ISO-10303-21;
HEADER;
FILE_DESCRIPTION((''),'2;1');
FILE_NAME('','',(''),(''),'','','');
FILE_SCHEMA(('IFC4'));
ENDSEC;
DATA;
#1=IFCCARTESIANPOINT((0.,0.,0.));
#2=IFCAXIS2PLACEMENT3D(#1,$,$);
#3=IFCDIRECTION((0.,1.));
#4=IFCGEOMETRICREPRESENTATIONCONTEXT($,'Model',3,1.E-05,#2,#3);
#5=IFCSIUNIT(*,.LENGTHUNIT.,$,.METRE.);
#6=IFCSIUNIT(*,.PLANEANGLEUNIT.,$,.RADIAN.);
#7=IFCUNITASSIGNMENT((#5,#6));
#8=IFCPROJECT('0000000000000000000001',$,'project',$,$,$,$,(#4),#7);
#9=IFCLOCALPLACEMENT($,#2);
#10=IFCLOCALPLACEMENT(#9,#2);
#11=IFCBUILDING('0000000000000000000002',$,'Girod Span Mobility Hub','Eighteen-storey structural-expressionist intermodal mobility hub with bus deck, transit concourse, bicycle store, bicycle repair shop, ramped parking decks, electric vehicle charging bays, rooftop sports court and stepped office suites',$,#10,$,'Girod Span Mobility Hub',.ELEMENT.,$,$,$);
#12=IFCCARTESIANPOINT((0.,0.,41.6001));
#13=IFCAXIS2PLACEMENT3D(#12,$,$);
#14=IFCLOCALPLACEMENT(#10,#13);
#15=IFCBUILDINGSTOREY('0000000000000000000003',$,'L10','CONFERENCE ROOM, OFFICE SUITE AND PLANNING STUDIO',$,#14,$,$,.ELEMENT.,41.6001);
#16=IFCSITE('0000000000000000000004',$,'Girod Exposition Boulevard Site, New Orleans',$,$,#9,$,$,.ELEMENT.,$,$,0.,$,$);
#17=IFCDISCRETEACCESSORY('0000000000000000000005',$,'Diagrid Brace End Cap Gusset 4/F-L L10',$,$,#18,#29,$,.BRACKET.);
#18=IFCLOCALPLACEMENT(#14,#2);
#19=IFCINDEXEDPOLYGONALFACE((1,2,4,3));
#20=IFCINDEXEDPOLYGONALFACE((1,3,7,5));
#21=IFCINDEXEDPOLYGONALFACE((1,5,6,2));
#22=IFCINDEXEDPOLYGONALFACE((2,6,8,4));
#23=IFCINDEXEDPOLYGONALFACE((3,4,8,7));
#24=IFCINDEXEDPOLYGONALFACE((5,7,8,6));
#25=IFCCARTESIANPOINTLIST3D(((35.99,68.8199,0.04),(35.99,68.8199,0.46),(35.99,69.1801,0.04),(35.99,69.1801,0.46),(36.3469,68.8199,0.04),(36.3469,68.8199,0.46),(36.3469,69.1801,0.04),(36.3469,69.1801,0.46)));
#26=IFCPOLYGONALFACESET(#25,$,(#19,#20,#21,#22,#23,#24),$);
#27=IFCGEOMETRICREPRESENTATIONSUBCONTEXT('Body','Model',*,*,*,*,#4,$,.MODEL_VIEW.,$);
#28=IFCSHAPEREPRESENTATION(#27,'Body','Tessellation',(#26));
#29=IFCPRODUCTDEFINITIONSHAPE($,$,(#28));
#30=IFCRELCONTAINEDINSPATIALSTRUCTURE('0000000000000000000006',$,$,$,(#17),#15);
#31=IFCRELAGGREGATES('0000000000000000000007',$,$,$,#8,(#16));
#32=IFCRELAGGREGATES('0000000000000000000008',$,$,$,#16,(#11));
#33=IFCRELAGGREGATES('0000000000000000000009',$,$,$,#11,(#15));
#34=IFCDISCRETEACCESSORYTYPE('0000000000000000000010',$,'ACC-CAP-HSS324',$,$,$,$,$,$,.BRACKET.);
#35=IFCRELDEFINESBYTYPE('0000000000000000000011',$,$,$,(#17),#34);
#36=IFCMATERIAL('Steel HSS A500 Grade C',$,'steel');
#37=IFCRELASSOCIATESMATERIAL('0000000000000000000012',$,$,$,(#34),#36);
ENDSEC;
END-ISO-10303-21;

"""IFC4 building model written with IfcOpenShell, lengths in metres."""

from ifc_helpers import new_model, si_unit, direction, frame, origin, origin_2d, place, context, subcontext, project, spatial, rectangle, extrude, material, type_object, element, save


model = new_model("IFC4")

# Units and contexts
model_context = context("Model", 3, precision=1e-05, world=origin(), true_north=direction((0.0, 1.0)))
body_context = subcontext(model_context, "Body", "Model", "MODEL_VIEW")
ifc_project = project(units=[si_unit("LENGTHUNIT", "METRE"), si_unit("PLANEANGLEUNIT", "RADIAN")], contexts=[model_context])

# Site, building, storey
site_placement = place(None, origin())
site = spatial("IfcSite", under=ifc_project, at=site_placement, Name="Girod Exposition Boulevard Site, New Orleans", CompositionType="ELEMENT", RefElevation=0.0)
building_placement = place(site_placement, origin())
building = spatial("IfcBuilding", under=site, at=building_placement, Name="Girod Span Mobility Hub", Description="Eighteen-storey structural-expressionist intermodal mobility hub with bus deck, transit concourse, bicycle store, bicycle repair shop, ramped parking decks, electric vehicle charging bays, rooftop sports court and stepped office suites", LongName="Girod Span Mobility Hub", CompositionType="ELEMENT")
storey_placement = place(building_placement, frame((0.0, 0.0, 41.6001)))
storey = spatial("IfcBuildingStorey", under=building, at=storey_placement, Name="L10", Description="CONFERENCE ROOM, OFFICE SUITE AND PLANNING STUDIO", CompositionType="ELEMENT", Elevation=41.6001)

# Discrete accessory
ifc_material_1 = material(Name="Steel HSS A500 Grade C", Category="steel")
discrete_accessory_type = type_object("IfcDiscreteAccessoryType", Name="ACC-CAP-HSS324", PredefinedType="BRACKET", material=ifc_material_1)
discrete_accessory_placement = place(storey_placement, frame((36.1685, 69.0, 0.04), z_axis=(0.0, 0.0, 1.0), x_axis=(1.0, 0.0, 0.0)))
element("IfcDiscreteAccessory", 1, at=discrete_accessory_placement, inside=storey, type_object=discrete_accessory_type, Name="Diagrid Brace End Cap Gusset 4/F-L L10", PredefinedType="BRACKET", context=body_context, shape_type="SweptSolid", body=[
    extrude(rectangle(XDim=0.3569, YDim=0.3601, at=origin_2d()), origin(), (0.0, 0.0, 1.0), 0.4199),
])

save(model, "model.ifc")
